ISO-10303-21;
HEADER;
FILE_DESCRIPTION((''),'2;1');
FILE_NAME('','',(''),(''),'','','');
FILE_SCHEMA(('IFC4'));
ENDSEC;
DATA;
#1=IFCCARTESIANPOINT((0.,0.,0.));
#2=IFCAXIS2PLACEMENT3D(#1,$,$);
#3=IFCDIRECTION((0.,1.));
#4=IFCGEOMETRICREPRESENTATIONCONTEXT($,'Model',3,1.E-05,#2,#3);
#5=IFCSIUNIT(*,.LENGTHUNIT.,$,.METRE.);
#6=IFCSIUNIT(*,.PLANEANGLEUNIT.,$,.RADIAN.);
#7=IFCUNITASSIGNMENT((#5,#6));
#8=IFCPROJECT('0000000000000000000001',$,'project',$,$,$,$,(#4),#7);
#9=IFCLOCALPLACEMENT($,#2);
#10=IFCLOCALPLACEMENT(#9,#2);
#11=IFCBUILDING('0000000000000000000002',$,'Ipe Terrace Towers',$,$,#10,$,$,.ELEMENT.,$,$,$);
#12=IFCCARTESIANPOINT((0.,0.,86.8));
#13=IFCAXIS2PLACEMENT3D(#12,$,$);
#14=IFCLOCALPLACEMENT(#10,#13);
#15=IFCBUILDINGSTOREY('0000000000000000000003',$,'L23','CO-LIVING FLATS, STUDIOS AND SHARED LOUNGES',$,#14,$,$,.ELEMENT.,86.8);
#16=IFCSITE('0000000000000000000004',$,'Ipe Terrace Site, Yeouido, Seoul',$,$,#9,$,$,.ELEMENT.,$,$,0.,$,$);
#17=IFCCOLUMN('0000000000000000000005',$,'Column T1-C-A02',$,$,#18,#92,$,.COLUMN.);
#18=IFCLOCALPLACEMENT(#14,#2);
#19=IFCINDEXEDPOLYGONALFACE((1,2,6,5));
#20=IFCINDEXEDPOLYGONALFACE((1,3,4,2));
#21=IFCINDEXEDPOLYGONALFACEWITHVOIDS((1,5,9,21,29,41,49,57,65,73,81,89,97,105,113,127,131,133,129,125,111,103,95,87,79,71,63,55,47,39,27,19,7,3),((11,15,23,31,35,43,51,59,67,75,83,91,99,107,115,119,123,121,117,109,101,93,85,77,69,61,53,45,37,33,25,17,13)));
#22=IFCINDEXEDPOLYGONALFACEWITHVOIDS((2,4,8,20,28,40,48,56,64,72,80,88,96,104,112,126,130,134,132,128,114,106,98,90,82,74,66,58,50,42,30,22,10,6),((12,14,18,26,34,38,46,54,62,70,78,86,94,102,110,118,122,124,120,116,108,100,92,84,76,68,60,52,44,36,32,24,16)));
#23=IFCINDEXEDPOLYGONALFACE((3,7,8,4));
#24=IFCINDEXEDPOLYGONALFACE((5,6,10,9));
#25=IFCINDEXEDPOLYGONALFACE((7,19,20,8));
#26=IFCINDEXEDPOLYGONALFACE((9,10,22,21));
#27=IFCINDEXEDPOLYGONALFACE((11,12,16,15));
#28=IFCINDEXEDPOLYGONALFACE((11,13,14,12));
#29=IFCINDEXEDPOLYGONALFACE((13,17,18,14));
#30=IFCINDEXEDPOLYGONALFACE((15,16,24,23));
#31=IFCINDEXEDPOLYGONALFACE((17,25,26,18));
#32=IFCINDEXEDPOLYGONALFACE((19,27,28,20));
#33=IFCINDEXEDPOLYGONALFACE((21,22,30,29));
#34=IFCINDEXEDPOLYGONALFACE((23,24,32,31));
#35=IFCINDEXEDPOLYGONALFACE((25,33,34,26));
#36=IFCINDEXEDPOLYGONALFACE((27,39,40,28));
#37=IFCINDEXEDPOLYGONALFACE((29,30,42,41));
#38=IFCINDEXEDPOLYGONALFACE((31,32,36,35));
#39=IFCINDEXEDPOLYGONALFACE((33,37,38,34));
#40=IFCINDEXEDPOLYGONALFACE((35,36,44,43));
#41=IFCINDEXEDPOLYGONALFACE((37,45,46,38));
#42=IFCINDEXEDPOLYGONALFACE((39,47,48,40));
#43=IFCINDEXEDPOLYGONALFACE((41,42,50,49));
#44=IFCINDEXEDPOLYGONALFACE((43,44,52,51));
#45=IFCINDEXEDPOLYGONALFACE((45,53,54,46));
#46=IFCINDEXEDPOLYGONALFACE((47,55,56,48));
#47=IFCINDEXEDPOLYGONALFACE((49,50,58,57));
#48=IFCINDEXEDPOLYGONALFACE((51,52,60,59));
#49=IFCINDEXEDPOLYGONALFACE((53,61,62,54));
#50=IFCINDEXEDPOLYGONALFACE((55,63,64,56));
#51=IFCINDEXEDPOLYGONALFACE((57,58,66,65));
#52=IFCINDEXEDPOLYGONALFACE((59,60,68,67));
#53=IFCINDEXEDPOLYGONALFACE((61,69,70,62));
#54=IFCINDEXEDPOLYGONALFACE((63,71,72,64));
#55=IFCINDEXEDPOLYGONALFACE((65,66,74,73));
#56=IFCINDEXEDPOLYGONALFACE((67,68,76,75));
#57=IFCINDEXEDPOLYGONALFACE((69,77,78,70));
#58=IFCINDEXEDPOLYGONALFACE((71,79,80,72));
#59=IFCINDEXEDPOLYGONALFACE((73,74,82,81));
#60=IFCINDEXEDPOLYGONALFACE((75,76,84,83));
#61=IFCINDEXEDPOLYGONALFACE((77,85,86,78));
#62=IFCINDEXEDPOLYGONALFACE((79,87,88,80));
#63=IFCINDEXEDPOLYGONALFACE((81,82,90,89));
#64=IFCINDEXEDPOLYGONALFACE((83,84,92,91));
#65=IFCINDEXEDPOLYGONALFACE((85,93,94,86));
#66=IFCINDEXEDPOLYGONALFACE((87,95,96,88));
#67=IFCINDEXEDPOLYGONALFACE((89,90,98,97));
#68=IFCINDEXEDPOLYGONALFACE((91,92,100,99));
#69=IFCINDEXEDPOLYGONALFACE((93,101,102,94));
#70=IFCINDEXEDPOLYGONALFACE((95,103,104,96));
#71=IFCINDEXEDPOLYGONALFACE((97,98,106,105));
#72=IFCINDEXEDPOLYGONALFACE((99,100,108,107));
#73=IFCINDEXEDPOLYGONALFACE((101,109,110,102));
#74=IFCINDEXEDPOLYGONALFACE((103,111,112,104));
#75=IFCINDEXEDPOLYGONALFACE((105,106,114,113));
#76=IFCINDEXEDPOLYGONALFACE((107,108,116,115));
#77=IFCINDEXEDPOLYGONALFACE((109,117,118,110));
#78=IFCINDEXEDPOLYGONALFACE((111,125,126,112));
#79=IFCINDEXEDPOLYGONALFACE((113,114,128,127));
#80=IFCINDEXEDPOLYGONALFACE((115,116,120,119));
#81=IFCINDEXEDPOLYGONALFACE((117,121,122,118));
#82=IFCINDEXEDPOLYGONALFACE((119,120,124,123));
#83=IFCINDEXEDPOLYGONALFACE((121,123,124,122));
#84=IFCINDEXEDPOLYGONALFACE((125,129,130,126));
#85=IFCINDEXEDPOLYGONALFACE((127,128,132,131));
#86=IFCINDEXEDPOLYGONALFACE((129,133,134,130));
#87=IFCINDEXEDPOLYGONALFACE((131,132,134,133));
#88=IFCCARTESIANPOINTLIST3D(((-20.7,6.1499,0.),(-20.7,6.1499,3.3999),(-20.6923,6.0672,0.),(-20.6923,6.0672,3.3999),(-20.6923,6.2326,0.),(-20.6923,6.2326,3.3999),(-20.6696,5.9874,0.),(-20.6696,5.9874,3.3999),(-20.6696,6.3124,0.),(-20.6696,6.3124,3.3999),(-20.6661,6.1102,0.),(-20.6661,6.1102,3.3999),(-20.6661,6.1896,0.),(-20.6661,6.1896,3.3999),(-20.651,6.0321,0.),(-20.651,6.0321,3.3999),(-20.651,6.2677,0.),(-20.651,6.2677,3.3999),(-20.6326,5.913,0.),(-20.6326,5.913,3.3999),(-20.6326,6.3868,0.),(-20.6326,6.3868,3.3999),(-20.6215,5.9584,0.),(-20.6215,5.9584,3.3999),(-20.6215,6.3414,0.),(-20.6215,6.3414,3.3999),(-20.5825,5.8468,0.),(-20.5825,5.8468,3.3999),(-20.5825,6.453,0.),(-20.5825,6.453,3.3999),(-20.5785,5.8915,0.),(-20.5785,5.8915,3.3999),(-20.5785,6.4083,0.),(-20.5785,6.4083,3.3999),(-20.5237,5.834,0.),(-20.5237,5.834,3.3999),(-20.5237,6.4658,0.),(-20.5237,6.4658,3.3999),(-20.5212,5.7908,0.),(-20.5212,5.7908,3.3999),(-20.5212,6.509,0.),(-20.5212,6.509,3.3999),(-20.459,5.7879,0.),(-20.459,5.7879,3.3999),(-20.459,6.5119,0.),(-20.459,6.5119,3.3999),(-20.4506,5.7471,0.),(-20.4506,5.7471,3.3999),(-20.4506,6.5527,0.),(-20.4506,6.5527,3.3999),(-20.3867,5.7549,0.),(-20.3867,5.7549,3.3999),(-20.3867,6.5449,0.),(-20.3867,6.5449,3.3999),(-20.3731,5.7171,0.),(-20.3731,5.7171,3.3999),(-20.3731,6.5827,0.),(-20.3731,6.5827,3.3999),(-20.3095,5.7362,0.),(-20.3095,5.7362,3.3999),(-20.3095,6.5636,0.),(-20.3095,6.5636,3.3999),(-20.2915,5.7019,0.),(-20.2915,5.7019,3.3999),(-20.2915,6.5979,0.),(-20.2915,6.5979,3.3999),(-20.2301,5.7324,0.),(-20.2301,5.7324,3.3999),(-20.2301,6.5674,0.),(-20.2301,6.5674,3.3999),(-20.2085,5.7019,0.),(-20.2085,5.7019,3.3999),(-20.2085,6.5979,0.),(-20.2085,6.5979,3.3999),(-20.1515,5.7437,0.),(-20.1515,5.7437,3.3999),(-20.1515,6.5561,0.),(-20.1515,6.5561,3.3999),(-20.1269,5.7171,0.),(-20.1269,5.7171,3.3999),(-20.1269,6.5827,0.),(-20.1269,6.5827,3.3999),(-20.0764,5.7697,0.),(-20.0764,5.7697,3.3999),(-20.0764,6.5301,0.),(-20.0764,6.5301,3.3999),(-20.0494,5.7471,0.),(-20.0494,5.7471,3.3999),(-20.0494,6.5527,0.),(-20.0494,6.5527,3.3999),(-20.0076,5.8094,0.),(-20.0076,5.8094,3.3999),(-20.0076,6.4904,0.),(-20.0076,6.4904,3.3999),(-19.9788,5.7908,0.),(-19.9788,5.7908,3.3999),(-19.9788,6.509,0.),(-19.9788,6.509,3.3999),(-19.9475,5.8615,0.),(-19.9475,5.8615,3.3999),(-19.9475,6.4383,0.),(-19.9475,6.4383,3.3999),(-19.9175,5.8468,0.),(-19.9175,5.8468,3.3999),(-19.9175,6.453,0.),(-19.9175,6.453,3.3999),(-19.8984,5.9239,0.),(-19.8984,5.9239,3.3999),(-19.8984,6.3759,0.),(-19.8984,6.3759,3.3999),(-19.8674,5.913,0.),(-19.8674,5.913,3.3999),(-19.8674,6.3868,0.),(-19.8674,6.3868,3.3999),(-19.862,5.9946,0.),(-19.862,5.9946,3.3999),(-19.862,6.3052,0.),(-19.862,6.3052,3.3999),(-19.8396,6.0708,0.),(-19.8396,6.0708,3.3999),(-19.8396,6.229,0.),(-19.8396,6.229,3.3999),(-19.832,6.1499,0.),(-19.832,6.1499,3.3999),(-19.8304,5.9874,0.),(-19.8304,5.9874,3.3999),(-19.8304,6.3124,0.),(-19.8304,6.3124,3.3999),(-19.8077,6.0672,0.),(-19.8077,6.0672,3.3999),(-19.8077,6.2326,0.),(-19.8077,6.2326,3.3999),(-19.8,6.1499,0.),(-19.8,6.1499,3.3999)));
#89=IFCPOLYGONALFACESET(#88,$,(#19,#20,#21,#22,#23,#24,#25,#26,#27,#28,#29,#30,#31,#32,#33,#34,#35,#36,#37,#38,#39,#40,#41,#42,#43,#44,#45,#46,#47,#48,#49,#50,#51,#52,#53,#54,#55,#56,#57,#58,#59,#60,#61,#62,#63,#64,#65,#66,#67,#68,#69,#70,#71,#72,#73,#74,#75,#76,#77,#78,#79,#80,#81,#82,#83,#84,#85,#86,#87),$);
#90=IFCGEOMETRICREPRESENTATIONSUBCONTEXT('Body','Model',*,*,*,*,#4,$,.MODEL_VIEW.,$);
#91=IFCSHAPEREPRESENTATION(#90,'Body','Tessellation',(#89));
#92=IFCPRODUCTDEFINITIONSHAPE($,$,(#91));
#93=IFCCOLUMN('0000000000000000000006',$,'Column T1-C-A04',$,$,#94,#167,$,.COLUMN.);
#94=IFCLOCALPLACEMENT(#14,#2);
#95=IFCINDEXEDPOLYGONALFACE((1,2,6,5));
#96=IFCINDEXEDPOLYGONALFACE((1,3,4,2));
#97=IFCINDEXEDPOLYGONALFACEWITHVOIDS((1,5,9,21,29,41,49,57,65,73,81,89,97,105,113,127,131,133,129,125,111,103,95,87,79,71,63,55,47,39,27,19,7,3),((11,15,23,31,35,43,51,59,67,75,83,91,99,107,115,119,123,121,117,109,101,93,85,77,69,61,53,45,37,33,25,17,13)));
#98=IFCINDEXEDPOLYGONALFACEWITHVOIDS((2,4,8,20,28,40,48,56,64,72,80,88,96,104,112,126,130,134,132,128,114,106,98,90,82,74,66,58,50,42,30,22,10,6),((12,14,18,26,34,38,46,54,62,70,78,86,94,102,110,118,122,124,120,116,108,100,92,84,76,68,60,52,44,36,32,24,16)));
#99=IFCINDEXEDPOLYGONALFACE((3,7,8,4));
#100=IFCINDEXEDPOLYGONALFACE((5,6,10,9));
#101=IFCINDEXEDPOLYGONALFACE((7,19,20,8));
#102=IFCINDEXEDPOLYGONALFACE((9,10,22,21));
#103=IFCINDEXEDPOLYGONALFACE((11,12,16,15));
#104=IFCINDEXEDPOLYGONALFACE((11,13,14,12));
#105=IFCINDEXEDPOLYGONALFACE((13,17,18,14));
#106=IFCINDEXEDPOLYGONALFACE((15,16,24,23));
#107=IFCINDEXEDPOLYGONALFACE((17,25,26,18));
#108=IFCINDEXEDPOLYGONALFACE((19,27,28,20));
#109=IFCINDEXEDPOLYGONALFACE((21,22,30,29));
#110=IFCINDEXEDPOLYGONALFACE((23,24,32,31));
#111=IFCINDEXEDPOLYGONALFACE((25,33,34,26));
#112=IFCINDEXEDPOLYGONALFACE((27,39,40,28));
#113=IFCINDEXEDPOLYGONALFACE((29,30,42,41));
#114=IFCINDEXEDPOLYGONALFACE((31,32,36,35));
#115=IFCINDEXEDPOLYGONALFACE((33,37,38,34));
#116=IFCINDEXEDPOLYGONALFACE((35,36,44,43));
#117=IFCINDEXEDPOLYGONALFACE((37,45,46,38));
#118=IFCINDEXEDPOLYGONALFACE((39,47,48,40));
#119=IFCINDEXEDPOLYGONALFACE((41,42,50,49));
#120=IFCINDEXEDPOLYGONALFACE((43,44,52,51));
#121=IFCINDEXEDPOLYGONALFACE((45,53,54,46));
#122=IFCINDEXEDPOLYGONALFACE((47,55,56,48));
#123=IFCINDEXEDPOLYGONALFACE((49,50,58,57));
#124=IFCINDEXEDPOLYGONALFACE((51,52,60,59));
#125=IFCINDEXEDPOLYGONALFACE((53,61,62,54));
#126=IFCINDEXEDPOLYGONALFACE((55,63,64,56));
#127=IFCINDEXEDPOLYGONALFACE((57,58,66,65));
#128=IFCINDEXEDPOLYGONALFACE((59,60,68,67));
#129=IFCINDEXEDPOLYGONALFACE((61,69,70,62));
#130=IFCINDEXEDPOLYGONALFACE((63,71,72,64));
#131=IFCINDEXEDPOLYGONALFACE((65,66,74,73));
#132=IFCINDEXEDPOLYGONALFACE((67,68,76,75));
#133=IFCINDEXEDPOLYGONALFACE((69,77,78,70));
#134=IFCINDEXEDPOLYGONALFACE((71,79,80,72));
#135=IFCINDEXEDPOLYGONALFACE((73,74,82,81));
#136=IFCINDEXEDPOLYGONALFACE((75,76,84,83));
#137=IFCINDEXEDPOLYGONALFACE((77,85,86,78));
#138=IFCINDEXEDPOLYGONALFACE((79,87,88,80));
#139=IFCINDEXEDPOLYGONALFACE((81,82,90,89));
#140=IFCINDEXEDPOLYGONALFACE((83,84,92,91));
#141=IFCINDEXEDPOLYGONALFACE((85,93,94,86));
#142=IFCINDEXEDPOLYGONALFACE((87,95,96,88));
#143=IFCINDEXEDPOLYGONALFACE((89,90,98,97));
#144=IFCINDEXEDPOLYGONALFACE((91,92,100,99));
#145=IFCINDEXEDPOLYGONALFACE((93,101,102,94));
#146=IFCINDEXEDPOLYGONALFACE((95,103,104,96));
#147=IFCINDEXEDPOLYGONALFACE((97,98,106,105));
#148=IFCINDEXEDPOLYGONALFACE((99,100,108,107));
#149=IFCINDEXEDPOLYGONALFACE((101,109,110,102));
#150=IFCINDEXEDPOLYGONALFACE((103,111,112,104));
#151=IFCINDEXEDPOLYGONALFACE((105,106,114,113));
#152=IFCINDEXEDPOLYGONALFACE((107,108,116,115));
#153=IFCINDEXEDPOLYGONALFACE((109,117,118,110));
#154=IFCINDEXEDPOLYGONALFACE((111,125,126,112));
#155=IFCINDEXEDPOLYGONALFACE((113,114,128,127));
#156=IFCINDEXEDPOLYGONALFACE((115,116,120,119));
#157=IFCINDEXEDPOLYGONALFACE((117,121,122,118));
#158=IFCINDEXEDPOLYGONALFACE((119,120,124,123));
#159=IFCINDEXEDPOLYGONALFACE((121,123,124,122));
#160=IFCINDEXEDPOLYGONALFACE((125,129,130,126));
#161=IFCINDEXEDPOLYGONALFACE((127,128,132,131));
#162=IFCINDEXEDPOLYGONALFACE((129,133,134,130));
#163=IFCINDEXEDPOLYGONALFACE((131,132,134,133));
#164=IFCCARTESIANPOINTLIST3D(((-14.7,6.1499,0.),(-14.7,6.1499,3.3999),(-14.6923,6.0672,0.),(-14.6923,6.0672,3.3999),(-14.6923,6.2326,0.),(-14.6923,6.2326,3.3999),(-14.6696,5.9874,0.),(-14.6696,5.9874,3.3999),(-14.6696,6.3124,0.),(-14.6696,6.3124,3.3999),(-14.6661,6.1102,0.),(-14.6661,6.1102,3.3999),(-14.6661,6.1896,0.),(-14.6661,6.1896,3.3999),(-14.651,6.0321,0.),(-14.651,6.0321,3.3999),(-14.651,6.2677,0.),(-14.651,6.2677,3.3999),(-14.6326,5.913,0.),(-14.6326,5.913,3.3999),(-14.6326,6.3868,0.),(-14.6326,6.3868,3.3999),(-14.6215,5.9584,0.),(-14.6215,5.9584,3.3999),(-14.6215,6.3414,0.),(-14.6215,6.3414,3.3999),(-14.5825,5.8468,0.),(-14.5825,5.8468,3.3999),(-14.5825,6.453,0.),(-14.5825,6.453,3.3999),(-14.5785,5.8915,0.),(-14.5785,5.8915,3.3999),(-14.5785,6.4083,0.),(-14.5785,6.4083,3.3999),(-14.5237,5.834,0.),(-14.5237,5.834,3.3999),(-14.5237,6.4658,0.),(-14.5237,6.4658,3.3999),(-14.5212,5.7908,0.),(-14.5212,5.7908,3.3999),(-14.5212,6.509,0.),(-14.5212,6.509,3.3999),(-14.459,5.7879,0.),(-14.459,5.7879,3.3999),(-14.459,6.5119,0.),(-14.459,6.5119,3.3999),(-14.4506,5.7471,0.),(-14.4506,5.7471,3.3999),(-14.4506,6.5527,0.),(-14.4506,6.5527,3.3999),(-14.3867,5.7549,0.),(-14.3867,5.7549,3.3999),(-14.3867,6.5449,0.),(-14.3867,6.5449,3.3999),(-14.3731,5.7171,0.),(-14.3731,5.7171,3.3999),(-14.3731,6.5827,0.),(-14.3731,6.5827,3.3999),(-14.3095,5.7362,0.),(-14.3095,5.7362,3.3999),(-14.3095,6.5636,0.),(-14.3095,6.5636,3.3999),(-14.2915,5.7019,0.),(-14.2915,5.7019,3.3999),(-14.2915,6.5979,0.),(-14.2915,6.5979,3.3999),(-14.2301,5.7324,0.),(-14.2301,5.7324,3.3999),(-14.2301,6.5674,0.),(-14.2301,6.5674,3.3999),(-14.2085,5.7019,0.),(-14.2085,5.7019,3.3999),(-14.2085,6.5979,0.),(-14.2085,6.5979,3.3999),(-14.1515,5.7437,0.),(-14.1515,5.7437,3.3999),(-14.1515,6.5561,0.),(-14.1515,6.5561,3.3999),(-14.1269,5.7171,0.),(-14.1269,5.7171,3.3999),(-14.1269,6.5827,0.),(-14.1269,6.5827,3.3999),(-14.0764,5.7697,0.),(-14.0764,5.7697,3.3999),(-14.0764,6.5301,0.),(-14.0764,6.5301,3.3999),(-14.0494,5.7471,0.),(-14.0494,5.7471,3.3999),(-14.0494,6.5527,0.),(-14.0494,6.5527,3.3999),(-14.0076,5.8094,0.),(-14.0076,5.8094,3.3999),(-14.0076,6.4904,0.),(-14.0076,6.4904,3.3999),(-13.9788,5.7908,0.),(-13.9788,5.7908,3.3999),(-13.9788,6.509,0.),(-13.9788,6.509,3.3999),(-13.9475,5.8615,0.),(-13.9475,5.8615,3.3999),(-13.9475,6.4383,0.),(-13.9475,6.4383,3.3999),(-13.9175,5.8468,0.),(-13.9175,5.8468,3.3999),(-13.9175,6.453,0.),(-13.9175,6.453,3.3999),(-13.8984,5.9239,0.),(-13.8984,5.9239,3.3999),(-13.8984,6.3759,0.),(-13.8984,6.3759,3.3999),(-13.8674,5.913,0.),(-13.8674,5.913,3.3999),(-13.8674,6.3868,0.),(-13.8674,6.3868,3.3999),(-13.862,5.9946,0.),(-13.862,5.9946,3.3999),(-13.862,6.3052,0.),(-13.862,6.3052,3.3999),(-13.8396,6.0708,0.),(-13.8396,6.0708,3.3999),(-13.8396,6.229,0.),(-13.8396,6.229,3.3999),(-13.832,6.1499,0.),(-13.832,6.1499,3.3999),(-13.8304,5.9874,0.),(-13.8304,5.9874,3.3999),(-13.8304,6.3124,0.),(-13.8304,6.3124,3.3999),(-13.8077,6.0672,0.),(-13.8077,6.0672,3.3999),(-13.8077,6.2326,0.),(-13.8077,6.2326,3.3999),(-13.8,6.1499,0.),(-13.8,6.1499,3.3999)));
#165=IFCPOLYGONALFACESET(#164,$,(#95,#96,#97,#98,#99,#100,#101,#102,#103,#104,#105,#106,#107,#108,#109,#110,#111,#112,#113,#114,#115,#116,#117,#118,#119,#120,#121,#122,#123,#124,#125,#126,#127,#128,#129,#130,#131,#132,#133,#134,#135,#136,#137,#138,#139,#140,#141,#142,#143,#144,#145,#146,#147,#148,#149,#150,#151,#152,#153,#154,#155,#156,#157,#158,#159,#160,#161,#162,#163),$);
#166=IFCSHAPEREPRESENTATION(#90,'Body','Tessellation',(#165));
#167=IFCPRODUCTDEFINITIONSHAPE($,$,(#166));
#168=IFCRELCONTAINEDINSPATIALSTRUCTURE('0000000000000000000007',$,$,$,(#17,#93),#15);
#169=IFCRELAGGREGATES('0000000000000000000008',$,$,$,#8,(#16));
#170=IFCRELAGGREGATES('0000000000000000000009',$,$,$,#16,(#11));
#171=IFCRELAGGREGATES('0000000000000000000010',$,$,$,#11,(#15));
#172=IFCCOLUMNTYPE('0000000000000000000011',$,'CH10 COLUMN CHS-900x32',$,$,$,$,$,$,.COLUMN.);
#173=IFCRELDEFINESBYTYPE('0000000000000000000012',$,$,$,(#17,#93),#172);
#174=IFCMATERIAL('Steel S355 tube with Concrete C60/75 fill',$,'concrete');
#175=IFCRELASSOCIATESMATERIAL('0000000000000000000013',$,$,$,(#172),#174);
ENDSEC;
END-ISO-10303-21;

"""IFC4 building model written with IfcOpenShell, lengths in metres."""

from ifc_helpers import new_model, si_unit, direction, frame, origin, origin_2d, place, context, subcontext, project, spatial, hollow_circle, extrude, material, material_profile, profile_set, type_object, element, save


model = new_model("IFC4")

# Units and contexts
model_context = context("Model", 3, precision=1e-05, world=origin(), true_north=direction((0.0, 1.0)))
body_context = subcontext(model_context, "Body", "Model", "MODEL_VIEW")
ifc_project = project(units=[si_unit("LENGTHUNIT", "METRE"), si_unit("PLANEANGLEUNIT", "RADIAN")], contexts=[model_context])

# Site, building, storey
site_placement = place(None, origin())
site = spatial("IfcSite", under=ifc_project, at=site_placement, Name="Ipe Terrace Site, Yeouido, Seoul", CompositionType="ELEMENT", RefElevation=0.0)
building_placement = place(site_placement, origin())
building = spatial("IfcBuilding", under=site, at=building_placement, Name="Ipe Terrace Towers", CompositionType="ELEMENT")
storey_placement = place(building_placement, frame((0.0, 0.0, 86.8)))
storey = spatial("IfcBuildingStorey", under=building, at=storey_placement, Name="L23", Description="CO-LIVING FLATS, STUDIOS AND SHARED LOUNGES", CompositionType="ELEMENT", Elevation=86.8)

# Columns
ifc_material_1 = material(Name="Steel S355 tube with Concrete C60/75 fill", Category="concrete")
ifc_material_profile_1 = material_profile(ifc_material_1, hollow_circle(Radius=0.45, WallThickness=0.032, at=origin_2d()), Name="CHS-900x32")
ifc_profile_set_1 = profile_set([ifc_material_profile_1], Name="Steel S355 tube with Concrete C60/75 fill")
column_type = type_object("IfcColumnType", Name="CH10 COLUMN CHS-900x32", PredefinedType="COLUMN", material=ifc_profile_set_1)
for number, where, z_axis, x_axis, name in (
    (1, (-20.25, 6.1499, 0.0), (0.0, 0.0, 1.0), (1.0, 0.0, 0.0), "Column T1-C-A02"),
    (2, (-14.25, 6.1499, 0.0), (0.0, 0.0, 1.0), (1.0, 0.0, 0.0), "Column T1-C-A04"),
):
    element("IfcColumn", number, at=place(storey_placement, frame(where, z_axis=z_axis, x_axis=x_axis)), inside=storey, type_object=column_type, Name=name, PredefinedType="COLUMN", context=body_context, shape_type="SweptSolid", body=[
        extrude(hollow_circle(Radius=0.45, WallThickness=0.032, at=origin_2d()), origin(), (0.0, 0.0, 1.0), 3.3999),
    ])

save(model, "model.ifc")
